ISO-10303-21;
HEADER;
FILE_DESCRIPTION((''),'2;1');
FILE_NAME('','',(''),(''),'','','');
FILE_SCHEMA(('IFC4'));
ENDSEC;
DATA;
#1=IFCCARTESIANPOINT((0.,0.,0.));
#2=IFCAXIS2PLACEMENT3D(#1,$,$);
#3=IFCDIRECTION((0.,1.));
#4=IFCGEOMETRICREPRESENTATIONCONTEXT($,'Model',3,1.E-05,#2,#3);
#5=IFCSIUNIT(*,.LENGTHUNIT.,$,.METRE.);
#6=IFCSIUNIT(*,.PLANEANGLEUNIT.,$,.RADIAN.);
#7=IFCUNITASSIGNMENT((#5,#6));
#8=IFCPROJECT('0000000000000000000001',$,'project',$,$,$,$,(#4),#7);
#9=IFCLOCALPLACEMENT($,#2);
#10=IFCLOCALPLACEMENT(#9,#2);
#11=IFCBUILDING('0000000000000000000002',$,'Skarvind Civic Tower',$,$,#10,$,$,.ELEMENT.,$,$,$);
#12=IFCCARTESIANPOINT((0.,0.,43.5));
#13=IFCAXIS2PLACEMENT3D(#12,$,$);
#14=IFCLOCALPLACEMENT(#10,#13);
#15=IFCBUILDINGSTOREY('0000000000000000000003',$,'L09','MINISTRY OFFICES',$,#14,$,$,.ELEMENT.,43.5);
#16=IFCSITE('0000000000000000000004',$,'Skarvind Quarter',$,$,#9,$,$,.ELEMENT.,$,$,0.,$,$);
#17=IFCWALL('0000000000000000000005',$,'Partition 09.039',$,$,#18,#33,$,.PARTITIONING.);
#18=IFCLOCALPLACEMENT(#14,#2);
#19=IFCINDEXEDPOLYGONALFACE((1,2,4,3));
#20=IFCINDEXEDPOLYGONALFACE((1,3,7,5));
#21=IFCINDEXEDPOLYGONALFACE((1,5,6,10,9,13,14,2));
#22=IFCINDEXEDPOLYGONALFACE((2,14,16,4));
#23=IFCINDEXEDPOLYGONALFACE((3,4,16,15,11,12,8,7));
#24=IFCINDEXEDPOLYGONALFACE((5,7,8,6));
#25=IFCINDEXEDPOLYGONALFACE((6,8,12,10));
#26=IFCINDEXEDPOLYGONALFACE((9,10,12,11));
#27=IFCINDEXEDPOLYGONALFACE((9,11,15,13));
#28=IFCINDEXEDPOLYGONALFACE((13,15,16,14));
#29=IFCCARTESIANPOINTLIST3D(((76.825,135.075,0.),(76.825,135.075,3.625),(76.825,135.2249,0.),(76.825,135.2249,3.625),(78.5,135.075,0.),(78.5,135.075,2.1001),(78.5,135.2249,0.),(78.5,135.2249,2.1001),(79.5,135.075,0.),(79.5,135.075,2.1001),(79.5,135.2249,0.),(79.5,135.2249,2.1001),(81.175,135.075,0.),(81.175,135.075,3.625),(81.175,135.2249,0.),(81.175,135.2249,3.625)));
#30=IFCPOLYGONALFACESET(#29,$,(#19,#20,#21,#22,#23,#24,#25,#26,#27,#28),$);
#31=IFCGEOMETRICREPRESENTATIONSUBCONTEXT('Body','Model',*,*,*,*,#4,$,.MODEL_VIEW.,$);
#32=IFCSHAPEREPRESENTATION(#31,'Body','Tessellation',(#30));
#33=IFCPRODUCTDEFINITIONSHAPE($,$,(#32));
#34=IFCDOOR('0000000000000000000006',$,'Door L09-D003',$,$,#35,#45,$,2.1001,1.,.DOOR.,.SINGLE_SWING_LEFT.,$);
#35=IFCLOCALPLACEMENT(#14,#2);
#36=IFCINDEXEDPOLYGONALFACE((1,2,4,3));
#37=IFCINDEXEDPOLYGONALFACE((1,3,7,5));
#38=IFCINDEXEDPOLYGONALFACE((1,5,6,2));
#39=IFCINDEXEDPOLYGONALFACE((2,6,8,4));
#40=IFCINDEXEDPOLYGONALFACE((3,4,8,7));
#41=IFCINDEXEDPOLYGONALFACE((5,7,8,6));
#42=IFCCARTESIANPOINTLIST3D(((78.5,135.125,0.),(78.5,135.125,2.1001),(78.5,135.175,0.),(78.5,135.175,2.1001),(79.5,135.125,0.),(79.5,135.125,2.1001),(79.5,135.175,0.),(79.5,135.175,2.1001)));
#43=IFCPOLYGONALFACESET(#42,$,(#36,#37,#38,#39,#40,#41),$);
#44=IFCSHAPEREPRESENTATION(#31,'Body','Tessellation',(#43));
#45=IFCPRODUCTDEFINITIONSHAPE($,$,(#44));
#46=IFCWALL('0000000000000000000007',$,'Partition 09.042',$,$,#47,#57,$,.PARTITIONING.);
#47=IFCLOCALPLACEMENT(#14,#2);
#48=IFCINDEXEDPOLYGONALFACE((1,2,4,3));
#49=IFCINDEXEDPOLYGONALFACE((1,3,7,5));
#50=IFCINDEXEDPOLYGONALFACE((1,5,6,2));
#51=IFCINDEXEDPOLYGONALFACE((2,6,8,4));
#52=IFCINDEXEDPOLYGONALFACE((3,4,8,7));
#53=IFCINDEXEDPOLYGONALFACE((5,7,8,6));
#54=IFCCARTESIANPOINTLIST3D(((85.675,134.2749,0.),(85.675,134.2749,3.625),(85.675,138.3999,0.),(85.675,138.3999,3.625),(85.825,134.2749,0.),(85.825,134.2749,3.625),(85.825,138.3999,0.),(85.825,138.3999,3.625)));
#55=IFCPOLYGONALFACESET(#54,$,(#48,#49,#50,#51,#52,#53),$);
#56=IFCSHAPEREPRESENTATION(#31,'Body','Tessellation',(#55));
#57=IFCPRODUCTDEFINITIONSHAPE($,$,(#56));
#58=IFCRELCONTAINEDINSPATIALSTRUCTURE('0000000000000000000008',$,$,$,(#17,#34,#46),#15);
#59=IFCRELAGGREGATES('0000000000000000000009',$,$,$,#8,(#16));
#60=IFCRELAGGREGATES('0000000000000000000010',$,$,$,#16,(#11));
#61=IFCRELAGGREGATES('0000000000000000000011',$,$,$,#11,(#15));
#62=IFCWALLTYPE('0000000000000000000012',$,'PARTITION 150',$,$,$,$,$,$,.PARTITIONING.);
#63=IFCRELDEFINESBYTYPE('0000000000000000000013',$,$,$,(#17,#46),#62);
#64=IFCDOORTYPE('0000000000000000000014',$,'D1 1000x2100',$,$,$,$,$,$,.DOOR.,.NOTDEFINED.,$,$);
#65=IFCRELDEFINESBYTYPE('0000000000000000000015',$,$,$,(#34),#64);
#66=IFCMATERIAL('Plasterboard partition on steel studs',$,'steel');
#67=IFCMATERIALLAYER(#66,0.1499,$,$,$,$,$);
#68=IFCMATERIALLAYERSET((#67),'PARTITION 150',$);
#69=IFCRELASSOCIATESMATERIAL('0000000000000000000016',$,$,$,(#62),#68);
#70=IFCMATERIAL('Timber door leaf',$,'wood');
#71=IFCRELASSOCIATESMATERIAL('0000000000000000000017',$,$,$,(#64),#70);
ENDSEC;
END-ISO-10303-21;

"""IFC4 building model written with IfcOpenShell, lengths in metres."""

from ifc_helpers import new_model, si_unit, direction, frame, frame_2d, origin, place, context, subcontext, project, spatial, rectangle, extrude, material, layer, layer_set, type_object, element, fill, save


model = new_model("IFC4")

# Units and contexts
model_context = context("Model", 3, precision=1e-05, world=origin(), true_north=direction((0.0, 1.0)))
body_context = subcontext(model_context, "Body", "Model", "MODEL_VIEW")
ifc_project = project(units=[si_unit("LENGTHUNIT", "METRE"), si_unit("PLANEANGLEUNIT", "RADIAN")], contexts=[model_context])

# Site, building, storey
site_placement = place(None, origin())
site = spatial("IfcSite", under=ifc_project, at=site_placement, Name="Skarvind Quarter", CompositionType="ELEMENT", RefElevation=0.0)
building_placement = place(site_placement, origin())
building = spatial("IfcBuilding", under=site, at=building_placement, Name="Skarvind Civic Tower", CompositionType="ELEMENT")
storey_placement = place(building_placement, frame((0.0, 0.0, 43.5)))
storey = spatial("IfcBuildingStorey", under=building, at=storey_placement, Name="L09", Description="MINISTRY OFFICES", CompositionType="ELEMENT", Elevation=43.5)

# Wall, opening, door
ifc_material_1 = material(Name="Plasterboard partition on steel studs", Category="steel")
ifc_layer_1 = layer(ifc_material_1, 0.1499)
ifc_layer_set_1 = layer_set([ifc_layer_1], Name="PARTITION 150")
wall_type_1 = type_object("IfcWallType", Name="PARTITION 150", PredefinedType="PARTITIONING", material=ifc_layer_set_1)
ifc_material_2 = material(Name="Timber door leaf", Category="wood")
door_type_1 = type_object("IfcDoorType", Name="D1 1000x2100", OperationType="NOTDEFINED", PredefinedType="DOOR", material=ifc_material_2)
wall_1_placement = place(storey_placement, frame((81.175, 135.1499, 0.0), z_axis=(0.0, 0.0, 1.0), x_axis=(-1.0, 0.0, 0.0)))
wall_1 = element("IfcWall", 1, at=wall_1_placement, inside=storey, type_object=wall_type_1, Name="Partition 09.039", PredefinedType="PARTITIONING", context=body_context, shape_type="SweptSolid", body=[
    extrude(rectangle(XDim=4.3501, YDim=0.1499, at=frame_2d((2.175, 0.0))), origin(), (0.0, 0.0, 1.0), 3.625),
])
opening_1_placement = place(wall_1_placement, frame((1.675, 0.0, 0.0)))
opening_1 = element("IfcOpeningElement", 2, at=opening_1_placement, cuts=wall_1, PredefinedType="OPENING", context=body_context, shape_type="SweptSolid", body=[
    extrude(rectangle(XDim=1.0, YDim=2.1001, at=frame_2d((0.5, 1.05))), frame((0.0, 0.085, 0.0), z_axis=(0.0, -1.0, 0.0), x_axis=(1.0, 0.0, 0.0)), (0.0, 0.0, 1.0), 0.1699),
])
door_1_placement = place(opening_1_placement, origin())
door_1 = element("IfcDoor", 3, at=door_1_placement, inside=storey, type_object=door_type_1, Name="Door L09-D003", OperationType="SINGLE_SWING_LEFT", OverallHeight=2.1001, OverallWidth=1.0, PredefinedType="DOOR", context=body_context, shape_type="SweptSolid", body=[
    extrude(rectangle(XDim=1.0, YDim=2.1001, at=frame_2d((0.5, 1.05))), frame((0.0, 0.0249, 0.0), z_axis=(0.0, -1.0, 0.0), x_axis=(1.0, 0.0, 0.0)), (0.0, 0.0, 1.0), 0.05),
])
fill(opening_1, door_1)

# Wall
wall_2_placement = place(storey_placement, frame((85.75, 134.2749, 0.0), z_axis=(0.0, 0.0, 1.0), x_axis=(0.0, 1.0, 0.0)))
element("IfcWall", 4, at=wall_2_placement, inside=storey, type_object=wall_type_1, Name="Partition 09.042", PredefinedType="PARTITIONING", context=body_context, shape_type="SweptSolid", body=[
    extrude(rectangle(XDim=4.125, YDim=0.1499, at=frame_2d((2.0625, 0.0))), origin(), (0.0, 0.0, 1.0), 3.625),
])

save(model, "model.ifc")
